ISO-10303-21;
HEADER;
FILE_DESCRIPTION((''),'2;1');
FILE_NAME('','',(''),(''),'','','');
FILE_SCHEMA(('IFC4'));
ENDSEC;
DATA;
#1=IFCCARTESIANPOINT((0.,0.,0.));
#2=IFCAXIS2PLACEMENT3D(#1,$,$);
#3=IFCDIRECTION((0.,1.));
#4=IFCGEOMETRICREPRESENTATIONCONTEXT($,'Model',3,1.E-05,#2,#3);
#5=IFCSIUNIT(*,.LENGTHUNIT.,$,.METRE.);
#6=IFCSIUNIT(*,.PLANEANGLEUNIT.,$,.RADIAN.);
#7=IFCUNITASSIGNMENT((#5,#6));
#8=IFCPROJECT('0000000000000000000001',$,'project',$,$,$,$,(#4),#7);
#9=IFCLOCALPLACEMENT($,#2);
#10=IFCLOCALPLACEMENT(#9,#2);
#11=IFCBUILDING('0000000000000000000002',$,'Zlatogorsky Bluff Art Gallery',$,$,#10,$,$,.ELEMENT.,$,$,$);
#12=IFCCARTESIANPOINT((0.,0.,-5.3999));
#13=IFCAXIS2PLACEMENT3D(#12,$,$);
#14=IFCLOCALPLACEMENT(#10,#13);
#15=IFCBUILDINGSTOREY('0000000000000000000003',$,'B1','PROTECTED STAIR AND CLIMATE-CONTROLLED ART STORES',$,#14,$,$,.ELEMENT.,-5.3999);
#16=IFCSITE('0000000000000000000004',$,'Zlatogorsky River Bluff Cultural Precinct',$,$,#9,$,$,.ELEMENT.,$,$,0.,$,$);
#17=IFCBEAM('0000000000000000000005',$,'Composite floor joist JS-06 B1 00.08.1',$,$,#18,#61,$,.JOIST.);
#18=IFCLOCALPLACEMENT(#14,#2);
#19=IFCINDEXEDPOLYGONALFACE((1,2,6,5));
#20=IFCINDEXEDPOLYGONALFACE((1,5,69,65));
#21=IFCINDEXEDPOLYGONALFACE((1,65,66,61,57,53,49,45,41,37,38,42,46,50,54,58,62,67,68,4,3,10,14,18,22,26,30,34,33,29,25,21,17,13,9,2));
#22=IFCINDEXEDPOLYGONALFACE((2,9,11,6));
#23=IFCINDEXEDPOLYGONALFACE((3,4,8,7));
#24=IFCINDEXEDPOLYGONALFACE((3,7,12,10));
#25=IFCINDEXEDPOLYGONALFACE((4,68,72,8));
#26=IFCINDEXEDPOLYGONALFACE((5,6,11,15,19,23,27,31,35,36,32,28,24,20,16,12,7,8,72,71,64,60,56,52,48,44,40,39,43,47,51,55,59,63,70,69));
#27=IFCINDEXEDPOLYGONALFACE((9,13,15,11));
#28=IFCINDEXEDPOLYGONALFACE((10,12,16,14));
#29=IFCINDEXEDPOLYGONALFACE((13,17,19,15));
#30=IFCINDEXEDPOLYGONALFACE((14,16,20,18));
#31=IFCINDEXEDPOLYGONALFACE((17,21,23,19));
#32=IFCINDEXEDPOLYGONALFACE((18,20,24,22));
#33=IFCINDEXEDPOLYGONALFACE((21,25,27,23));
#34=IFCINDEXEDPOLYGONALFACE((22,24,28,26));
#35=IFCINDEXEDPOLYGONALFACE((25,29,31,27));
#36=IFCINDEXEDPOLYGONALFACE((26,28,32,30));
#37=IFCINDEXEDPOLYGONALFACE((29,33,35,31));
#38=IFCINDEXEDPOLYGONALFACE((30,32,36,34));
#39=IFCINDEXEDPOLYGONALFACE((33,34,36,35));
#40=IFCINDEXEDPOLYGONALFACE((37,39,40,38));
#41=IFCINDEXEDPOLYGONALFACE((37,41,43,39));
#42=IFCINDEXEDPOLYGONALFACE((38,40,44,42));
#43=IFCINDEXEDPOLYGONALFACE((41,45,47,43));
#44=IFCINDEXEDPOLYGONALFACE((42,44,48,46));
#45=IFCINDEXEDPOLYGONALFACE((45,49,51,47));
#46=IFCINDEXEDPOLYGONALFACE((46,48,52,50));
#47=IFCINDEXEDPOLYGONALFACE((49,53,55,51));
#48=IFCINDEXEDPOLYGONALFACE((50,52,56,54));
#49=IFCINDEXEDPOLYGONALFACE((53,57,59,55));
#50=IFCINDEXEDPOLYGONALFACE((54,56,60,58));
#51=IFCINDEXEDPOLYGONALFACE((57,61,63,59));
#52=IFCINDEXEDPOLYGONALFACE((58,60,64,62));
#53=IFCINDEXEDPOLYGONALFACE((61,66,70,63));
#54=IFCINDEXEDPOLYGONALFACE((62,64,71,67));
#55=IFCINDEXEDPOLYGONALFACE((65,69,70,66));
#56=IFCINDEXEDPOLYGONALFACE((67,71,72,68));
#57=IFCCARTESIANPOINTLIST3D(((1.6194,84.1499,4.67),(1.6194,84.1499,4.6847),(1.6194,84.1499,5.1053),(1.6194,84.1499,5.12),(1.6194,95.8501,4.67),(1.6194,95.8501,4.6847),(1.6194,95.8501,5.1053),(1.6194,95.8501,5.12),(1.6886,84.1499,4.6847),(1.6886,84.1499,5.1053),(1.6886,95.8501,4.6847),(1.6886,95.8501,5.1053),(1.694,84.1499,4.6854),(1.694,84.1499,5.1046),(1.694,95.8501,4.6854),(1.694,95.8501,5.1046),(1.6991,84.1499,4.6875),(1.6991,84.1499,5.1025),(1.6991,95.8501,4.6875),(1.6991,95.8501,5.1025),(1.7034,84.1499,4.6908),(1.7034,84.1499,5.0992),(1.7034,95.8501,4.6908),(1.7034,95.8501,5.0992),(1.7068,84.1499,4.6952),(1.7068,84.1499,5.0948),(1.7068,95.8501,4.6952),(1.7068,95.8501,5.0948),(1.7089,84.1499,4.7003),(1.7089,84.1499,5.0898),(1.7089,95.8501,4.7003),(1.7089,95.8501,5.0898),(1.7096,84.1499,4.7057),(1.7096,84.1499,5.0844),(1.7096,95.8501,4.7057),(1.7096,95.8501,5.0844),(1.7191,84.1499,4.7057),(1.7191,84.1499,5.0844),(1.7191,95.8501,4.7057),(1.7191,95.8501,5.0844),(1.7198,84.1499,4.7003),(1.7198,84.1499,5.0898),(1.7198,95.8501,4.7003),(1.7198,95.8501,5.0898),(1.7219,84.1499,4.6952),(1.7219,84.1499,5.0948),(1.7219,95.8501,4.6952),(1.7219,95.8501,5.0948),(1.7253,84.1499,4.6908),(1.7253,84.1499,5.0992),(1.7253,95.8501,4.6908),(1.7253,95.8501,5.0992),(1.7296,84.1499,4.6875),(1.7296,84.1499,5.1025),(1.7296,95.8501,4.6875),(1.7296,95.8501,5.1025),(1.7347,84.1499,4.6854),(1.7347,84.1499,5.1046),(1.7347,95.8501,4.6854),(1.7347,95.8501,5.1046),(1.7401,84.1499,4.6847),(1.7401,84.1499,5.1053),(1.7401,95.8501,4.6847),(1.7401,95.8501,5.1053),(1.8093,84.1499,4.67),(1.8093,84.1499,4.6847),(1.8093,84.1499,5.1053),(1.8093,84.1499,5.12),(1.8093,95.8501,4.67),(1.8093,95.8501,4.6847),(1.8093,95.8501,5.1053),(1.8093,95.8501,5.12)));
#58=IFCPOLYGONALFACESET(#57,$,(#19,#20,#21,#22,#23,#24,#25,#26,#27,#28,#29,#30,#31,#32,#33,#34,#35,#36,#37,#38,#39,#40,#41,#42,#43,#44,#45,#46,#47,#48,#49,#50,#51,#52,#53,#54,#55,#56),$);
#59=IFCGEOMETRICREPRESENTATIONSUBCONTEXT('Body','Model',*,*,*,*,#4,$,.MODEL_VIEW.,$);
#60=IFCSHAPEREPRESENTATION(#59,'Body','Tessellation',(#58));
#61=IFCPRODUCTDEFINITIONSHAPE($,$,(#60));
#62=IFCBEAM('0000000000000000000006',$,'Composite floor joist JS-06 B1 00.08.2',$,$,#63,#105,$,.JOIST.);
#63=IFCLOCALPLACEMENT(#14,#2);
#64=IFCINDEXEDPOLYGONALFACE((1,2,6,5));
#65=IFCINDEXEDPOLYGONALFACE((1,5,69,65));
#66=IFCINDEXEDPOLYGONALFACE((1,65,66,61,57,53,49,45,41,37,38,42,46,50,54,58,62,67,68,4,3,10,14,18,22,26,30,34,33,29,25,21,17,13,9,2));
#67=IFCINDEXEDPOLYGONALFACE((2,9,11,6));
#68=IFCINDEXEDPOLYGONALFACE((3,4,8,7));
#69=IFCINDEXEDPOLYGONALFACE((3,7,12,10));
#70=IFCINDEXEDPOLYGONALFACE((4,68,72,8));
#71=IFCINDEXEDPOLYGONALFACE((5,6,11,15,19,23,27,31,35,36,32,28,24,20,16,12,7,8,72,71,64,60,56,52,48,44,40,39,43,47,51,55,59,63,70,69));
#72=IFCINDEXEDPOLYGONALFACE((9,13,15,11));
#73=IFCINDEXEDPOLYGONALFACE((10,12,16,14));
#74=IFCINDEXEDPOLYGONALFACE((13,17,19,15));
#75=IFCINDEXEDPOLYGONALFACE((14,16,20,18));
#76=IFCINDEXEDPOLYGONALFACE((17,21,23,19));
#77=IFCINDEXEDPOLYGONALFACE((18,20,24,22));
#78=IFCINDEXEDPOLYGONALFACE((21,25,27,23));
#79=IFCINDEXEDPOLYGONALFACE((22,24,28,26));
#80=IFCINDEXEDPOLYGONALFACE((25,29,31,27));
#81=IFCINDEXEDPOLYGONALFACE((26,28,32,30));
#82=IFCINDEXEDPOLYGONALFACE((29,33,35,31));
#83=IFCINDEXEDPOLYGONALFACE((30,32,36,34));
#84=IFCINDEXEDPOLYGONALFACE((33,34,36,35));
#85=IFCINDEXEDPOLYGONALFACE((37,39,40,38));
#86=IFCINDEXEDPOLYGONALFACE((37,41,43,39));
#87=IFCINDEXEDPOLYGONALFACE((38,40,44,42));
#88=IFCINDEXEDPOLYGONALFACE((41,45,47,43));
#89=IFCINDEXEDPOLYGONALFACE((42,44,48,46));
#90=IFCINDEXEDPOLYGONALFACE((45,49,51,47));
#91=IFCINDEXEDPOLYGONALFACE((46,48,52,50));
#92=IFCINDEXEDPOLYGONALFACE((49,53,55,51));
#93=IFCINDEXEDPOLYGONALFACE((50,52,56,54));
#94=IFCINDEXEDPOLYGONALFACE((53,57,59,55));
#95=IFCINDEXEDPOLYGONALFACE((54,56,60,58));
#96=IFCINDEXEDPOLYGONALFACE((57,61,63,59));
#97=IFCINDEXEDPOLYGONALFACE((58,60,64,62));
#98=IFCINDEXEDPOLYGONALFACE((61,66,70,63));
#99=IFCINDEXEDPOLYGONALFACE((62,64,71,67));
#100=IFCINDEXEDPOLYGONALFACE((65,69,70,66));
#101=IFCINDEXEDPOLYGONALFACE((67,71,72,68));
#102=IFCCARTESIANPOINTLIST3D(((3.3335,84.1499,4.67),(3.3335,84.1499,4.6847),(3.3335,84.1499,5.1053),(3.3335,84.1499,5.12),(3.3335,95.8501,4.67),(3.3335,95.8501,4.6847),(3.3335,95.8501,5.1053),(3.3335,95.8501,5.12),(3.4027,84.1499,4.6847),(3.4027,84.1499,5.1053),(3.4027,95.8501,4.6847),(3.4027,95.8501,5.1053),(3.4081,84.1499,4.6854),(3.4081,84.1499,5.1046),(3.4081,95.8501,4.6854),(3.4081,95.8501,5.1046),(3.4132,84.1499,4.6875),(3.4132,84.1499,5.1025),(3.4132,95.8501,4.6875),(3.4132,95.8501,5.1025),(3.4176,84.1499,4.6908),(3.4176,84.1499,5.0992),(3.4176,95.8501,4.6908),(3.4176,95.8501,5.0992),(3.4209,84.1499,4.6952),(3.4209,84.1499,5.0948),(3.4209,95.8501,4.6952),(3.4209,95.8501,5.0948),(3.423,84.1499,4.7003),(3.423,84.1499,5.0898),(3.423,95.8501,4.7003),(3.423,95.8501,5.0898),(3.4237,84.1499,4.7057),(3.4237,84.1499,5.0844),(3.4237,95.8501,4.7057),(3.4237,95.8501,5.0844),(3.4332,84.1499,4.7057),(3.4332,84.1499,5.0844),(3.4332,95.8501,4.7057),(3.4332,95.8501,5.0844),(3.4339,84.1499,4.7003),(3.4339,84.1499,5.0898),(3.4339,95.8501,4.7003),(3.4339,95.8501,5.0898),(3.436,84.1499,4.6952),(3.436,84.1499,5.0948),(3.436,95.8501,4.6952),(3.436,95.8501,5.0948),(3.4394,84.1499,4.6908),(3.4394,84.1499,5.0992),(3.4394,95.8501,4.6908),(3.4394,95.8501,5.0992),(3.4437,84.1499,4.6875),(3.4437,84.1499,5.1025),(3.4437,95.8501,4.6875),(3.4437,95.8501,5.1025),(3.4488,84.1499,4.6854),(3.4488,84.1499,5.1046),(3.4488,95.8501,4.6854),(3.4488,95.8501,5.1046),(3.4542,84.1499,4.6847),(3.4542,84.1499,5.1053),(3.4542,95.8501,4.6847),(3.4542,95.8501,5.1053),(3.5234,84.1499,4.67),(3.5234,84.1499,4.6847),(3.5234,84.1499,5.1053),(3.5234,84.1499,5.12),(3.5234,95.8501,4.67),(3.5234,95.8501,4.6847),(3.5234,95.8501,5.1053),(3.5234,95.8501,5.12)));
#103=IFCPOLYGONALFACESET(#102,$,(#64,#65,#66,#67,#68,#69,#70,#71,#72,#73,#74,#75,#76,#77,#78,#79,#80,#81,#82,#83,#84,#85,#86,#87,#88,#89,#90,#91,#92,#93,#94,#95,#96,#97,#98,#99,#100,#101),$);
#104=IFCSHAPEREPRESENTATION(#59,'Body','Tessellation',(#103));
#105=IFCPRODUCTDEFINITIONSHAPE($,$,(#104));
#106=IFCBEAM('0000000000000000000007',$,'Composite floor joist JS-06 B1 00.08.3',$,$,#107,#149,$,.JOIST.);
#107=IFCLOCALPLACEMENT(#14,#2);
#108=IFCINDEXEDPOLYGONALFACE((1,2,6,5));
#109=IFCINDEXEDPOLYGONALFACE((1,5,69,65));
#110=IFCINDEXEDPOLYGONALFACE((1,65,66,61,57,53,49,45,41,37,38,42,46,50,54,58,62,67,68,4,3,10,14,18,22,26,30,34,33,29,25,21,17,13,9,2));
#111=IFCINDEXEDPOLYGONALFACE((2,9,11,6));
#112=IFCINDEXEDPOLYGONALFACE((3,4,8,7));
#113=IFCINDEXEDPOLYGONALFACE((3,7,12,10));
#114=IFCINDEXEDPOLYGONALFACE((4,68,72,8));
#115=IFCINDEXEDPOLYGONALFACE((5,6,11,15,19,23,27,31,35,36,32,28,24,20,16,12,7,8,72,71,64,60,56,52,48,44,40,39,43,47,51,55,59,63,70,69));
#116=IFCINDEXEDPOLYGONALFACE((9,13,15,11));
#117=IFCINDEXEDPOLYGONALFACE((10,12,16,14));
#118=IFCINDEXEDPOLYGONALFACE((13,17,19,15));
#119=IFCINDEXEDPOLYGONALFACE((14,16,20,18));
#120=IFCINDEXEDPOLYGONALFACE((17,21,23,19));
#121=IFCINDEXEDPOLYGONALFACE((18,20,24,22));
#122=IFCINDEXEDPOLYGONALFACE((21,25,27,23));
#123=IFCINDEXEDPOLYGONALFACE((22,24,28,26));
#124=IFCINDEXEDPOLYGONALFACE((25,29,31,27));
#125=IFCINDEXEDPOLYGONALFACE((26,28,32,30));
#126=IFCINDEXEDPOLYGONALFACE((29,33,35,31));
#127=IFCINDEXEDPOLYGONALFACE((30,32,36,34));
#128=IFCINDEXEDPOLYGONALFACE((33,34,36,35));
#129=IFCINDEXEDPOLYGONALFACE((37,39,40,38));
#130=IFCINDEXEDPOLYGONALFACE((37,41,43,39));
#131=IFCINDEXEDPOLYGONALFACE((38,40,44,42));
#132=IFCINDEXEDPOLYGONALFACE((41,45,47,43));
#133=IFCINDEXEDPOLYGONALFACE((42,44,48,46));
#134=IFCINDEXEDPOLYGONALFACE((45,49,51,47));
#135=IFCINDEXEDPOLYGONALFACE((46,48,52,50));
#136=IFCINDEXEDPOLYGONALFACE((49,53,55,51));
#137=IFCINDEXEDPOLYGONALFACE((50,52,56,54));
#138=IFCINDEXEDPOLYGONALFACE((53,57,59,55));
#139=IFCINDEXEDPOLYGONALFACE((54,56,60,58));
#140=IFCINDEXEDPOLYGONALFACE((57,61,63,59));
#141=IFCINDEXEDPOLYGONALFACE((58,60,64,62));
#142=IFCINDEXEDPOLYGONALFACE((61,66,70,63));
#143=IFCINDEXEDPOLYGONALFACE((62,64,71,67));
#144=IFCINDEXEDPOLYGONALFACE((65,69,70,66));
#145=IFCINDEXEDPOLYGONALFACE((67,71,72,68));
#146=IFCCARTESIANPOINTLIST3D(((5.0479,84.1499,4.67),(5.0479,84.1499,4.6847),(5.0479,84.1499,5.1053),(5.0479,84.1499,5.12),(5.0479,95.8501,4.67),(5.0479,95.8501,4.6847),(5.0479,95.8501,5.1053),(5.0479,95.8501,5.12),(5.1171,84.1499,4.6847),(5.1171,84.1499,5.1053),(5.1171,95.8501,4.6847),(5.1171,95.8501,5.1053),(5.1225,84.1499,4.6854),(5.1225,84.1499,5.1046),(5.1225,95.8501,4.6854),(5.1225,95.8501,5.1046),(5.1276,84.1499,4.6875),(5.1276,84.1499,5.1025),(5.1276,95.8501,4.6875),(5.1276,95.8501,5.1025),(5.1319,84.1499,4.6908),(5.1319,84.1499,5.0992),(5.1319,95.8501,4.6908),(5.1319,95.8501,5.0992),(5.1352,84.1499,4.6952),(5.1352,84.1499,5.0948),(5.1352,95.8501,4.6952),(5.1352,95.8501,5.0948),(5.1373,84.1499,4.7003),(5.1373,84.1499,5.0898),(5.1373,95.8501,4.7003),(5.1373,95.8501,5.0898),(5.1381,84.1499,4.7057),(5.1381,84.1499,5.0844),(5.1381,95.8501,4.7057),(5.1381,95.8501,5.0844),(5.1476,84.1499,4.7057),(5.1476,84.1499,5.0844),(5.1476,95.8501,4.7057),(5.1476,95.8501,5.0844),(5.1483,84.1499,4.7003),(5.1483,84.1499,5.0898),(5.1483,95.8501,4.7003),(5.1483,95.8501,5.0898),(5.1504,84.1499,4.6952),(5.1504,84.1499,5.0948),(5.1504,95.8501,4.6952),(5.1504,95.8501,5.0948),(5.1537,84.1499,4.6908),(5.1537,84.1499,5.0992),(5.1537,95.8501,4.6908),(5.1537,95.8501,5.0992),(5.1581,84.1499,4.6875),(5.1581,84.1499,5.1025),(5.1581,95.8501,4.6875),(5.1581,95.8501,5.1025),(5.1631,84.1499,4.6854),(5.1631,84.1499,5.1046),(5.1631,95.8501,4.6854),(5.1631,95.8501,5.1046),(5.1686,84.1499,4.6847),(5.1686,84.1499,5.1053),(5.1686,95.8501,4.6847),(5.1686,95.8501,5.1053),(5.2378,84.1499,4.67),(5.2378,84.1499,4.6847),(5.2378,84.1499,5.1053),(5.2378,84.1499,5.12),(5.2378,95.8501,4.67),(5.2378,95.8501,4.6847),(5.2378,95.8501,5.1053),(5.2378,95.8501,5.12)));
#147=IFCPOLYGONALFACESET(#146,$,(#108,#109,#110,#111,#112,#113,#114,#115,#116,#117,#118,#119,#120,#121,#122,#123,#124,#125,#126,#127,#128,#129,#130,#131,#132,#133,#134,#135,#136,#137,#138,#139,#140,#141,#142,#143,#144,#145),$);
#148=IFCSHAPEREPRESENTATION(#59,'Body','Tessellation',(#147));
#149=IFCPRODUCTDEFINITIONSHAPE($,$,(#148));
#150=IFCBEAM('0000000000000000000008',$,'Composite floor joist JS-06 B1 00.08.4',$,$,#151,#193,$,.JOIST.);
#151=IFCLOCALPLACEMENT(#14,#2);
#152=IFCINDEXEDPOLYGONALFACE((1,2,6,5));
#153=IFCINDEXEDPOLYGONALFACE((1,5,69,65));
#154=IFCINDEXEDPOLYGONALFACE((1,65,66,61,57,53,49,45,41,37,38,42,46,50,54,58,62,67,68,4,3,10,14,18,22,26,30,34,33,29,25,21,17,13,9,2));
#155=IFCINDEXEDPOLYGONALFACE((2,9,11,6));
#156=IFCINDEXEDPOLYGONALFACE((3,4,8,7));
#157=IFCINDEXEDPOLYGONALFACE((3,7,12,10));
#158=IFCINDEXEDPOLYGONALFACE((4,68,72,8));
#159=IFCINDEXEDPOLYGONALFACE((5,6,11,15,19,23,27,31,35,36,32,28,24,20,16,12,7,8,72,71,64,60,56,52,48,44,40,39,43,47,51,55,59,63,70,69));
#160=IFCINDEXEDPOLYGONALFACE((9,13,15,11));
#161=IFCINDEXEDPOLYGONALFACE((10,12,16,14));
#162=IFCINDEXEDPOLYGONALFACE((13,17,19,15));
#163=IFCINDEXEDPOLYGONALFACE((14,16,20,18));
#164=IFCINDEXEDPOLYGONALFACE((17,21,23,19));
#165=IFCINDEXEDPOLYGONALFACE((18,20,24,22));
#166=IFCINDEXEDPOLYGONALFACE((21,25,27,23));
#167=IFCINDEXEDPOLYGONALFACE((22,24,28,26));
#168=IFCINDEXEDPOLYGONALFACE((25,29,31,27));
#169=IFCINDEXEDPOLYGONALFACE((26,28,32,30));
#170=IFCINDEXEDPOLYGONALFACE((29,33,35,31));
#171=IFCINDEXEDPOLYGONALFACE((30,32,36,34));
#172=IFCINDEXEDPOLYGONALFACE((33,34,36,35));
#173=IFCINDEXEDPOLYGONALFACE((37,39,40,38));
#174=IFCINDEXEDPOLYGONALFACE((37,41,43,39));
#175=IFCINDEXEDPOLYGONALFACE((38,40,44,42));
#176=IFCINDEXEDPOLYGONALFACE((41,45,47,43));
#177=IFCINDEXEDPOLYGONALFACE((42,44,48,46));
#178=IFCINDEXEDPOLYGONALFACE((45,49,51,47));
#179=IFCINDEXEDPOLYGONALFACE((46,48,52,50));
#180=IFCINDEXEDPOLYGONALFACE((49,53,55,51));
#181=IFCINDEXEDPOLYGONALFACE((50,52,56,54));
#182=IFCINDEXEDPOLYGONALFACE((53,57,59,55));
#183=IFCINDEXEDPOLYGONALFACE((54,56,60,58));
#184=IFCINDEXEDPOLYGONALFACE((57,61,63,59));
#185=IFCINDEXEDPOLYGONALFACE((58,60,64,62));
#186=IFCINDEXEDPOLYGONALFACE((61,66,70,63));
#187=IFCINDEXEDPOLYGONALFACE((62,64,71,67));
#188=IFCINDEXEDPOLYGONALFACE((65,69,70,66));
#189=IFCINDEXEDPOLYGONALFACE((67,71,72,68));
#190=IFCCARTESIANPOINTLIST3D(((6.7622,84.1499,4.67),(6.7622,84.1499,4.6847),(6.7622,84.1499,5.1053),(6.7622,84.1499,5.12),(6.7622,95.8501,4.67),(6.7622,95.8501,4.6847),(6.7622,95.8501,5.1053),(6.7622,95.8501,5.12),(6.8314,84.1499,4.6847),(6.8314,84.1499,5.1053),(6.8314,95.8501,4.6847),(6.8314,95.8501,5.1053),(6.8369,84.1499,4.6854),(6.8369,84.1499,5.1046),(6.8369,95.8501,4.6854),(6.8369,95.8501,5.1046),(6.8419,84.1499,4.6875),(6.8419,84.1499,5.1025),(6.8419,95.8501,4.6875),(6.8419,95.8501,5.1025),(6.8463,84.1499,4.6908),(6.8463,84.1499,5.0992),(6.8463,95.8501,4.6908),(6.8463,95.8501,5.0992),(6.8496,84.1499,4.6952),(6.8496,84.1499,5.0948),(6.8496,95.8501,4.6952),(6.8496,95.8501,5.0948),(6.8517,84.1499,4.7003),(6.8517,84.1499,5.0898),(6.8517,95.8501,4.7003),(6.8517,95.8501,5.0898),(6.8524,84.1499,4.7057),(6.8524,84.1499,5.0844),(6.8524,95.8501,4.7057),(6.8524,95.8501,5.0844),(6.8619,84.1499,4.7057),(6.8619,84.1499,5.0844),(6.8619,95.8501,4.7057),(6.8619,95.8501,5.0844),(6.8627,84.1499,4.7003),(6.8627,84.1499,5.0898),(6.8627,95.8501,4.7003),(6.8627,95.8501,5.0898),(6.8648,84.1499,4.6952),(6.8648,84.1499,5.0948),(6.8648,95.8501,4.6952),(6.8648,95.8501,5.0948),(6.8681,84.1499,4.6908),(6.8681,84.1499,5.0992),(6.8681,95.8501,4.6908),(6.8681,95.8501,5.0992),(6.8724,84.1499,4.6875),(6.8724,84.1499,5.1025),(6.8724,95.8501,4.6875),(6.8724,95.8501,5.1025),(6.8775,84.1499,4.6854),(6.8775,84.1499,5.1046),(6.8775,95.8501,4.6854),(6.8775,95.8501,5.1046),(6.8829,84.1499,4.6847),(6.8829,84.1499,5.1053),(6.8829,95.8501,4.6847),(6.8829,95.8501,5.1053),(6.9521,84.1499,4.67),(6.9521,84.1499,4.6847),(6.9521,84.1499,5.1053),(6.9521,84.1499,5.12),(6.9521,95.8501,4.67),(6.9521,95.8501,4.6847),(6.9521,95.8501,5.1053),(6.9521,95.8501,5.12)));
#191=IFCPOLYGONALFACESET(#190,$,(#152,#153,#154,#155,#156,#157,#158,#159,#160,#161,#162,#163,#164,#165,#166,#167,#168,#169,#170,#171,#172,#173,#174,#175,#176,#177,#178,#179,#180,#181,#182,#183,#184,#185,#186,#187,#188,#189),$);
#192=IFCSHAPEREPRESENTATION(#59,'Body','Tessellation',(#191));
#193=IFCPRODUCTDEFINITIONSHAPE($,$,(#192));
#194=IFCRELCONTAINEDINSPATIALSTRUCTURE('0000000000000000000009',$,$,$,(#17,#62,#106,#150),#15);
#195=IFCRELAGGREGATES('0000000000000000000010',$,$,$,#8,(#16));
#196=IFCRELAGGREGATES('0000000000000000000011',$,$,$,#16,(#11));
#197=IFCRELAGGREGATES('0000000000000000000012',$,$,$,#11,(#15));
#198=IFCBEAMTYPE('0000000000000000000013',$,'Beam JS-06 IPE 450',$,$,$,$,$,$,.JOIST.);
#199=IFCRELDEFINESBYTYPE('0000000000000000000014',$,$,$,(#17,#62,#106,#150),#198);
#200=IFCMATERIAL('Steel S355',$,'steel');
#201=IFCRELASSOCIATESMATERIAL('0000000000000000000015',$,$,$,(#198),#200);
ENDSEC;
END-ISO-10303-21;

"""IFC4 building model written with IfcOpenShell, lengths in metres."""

from ifc_helpers import new_model, si_unit, direction, frame, origin, origin_2d, place, context, subcontext, project, spatial, i_section, extrude, material, material_profile, profile_set, type_object, element, save


model = new_model("IFC4")

# Units and contexts
model_context = context("Model", 3, precision=1e-05, world=origin(), true_north=direction((0.0, 1.0)))
body_context = subcontext(model_context, "Body", "Model", "MODEL_VIEW")
ifc_project = project(units=[si_unit("LENGTHUNIT", "METRE"), si_unit("PLANEANGLEUNIT", "RADIAN")], contexts=[model_context])

# Site, building, storey
site_placement = place(None, origin())
site = spatial("IfcSite", under=ifc_project, at=site_placement, Name="Zlatogorsky River Bluff Cultural Precinct", CompositionType="ELEMENT", RefElevation=0.0)
building_placement = place(site_placement, origin())
building = spatial("IfcBuilding", under=site, at=building_placement, Name="Zlatogorsky Bluff Art Gallery", CompositionType="ELEMENT")
storey_placement = place(building_placement, frame((0.0, 0.0, -5.3999)))
storey = spatial("IfcBuildingStorey", under=building, at=storey_placement, Name="B1", Description="PROTECTED STAIR AND CLIMATE-CONTROLLED ART STORES", CompositionType="ELEMENT", Elevation=-5.3999)

# Shared definitions
ifc_material_1 = material(Name="Steel S355", Category="steel")

# Beams
ifc_material_profile_1 = material_profile(ifc_material_1, i_section(OverallWidth=0.1899, OverallDepth=0.45, WebThickness=0.0095, FlangeThickness=0.0146, FilletRadius=0.021, at=origin_2d()), Name="IPE 450")
ifc_profile_set_1 = profile_set([ifc_material_profile_1], Name="Steel S355")
beam_type_1 = type_object("IfcBeamType", Name="Beam JS-06 IPE 450", PredefinedType="JOIST", material=ifc_profile_set_1)
for number, where, z_axis, x_axis, name in (
    (1, (1.7144, 84.1499, 4.895), (0.0, 1.0, 0.0), (-1.0, 0.0, 0.0), "Composite floor joist JS-06 B1 00.08.1"),
    (2, (3.4285, 84.1499, 4.895), (0.0, 1.0, 0.0), (-1.0, 0.0, 0.0), "Composite floor joist JS-06 B1 00.08.2"),
    (3, (5.1428, 84.1499, 4.895), (0.0, 1.0, 0.0), (-1.0, 0.0, 0.0), "Composite floor joist JS-06 B1 00.08.3"),
    (4, (6.8572, 84.1499, 4.895), (0.0, 1.0, 0.0), (-1.0, 0.0, 0.0), "Composite floor joist JS-06 B1 00.08.4"),
):
    element("IfcBeam", number, at=place(storey_placement, frame(where, z_axis=z_axis, x_axis=x_axis)), inside=storey, type_object=beam_type_1, Name=name, PredefinedType="JOIST", context=body_context, shape_type="SweptSolid", body=[
        extrude(i_section(OverallWidth=0.1899, OverallDepth=0.45, WebThickness=0.0095, FlangeThickness=0.0146, FilletRadius=0.021, at=origin_2d()), origin(), (0.0, 0.0, 1.0), 11.7002),
    ])

save(model, "model.ifc")
